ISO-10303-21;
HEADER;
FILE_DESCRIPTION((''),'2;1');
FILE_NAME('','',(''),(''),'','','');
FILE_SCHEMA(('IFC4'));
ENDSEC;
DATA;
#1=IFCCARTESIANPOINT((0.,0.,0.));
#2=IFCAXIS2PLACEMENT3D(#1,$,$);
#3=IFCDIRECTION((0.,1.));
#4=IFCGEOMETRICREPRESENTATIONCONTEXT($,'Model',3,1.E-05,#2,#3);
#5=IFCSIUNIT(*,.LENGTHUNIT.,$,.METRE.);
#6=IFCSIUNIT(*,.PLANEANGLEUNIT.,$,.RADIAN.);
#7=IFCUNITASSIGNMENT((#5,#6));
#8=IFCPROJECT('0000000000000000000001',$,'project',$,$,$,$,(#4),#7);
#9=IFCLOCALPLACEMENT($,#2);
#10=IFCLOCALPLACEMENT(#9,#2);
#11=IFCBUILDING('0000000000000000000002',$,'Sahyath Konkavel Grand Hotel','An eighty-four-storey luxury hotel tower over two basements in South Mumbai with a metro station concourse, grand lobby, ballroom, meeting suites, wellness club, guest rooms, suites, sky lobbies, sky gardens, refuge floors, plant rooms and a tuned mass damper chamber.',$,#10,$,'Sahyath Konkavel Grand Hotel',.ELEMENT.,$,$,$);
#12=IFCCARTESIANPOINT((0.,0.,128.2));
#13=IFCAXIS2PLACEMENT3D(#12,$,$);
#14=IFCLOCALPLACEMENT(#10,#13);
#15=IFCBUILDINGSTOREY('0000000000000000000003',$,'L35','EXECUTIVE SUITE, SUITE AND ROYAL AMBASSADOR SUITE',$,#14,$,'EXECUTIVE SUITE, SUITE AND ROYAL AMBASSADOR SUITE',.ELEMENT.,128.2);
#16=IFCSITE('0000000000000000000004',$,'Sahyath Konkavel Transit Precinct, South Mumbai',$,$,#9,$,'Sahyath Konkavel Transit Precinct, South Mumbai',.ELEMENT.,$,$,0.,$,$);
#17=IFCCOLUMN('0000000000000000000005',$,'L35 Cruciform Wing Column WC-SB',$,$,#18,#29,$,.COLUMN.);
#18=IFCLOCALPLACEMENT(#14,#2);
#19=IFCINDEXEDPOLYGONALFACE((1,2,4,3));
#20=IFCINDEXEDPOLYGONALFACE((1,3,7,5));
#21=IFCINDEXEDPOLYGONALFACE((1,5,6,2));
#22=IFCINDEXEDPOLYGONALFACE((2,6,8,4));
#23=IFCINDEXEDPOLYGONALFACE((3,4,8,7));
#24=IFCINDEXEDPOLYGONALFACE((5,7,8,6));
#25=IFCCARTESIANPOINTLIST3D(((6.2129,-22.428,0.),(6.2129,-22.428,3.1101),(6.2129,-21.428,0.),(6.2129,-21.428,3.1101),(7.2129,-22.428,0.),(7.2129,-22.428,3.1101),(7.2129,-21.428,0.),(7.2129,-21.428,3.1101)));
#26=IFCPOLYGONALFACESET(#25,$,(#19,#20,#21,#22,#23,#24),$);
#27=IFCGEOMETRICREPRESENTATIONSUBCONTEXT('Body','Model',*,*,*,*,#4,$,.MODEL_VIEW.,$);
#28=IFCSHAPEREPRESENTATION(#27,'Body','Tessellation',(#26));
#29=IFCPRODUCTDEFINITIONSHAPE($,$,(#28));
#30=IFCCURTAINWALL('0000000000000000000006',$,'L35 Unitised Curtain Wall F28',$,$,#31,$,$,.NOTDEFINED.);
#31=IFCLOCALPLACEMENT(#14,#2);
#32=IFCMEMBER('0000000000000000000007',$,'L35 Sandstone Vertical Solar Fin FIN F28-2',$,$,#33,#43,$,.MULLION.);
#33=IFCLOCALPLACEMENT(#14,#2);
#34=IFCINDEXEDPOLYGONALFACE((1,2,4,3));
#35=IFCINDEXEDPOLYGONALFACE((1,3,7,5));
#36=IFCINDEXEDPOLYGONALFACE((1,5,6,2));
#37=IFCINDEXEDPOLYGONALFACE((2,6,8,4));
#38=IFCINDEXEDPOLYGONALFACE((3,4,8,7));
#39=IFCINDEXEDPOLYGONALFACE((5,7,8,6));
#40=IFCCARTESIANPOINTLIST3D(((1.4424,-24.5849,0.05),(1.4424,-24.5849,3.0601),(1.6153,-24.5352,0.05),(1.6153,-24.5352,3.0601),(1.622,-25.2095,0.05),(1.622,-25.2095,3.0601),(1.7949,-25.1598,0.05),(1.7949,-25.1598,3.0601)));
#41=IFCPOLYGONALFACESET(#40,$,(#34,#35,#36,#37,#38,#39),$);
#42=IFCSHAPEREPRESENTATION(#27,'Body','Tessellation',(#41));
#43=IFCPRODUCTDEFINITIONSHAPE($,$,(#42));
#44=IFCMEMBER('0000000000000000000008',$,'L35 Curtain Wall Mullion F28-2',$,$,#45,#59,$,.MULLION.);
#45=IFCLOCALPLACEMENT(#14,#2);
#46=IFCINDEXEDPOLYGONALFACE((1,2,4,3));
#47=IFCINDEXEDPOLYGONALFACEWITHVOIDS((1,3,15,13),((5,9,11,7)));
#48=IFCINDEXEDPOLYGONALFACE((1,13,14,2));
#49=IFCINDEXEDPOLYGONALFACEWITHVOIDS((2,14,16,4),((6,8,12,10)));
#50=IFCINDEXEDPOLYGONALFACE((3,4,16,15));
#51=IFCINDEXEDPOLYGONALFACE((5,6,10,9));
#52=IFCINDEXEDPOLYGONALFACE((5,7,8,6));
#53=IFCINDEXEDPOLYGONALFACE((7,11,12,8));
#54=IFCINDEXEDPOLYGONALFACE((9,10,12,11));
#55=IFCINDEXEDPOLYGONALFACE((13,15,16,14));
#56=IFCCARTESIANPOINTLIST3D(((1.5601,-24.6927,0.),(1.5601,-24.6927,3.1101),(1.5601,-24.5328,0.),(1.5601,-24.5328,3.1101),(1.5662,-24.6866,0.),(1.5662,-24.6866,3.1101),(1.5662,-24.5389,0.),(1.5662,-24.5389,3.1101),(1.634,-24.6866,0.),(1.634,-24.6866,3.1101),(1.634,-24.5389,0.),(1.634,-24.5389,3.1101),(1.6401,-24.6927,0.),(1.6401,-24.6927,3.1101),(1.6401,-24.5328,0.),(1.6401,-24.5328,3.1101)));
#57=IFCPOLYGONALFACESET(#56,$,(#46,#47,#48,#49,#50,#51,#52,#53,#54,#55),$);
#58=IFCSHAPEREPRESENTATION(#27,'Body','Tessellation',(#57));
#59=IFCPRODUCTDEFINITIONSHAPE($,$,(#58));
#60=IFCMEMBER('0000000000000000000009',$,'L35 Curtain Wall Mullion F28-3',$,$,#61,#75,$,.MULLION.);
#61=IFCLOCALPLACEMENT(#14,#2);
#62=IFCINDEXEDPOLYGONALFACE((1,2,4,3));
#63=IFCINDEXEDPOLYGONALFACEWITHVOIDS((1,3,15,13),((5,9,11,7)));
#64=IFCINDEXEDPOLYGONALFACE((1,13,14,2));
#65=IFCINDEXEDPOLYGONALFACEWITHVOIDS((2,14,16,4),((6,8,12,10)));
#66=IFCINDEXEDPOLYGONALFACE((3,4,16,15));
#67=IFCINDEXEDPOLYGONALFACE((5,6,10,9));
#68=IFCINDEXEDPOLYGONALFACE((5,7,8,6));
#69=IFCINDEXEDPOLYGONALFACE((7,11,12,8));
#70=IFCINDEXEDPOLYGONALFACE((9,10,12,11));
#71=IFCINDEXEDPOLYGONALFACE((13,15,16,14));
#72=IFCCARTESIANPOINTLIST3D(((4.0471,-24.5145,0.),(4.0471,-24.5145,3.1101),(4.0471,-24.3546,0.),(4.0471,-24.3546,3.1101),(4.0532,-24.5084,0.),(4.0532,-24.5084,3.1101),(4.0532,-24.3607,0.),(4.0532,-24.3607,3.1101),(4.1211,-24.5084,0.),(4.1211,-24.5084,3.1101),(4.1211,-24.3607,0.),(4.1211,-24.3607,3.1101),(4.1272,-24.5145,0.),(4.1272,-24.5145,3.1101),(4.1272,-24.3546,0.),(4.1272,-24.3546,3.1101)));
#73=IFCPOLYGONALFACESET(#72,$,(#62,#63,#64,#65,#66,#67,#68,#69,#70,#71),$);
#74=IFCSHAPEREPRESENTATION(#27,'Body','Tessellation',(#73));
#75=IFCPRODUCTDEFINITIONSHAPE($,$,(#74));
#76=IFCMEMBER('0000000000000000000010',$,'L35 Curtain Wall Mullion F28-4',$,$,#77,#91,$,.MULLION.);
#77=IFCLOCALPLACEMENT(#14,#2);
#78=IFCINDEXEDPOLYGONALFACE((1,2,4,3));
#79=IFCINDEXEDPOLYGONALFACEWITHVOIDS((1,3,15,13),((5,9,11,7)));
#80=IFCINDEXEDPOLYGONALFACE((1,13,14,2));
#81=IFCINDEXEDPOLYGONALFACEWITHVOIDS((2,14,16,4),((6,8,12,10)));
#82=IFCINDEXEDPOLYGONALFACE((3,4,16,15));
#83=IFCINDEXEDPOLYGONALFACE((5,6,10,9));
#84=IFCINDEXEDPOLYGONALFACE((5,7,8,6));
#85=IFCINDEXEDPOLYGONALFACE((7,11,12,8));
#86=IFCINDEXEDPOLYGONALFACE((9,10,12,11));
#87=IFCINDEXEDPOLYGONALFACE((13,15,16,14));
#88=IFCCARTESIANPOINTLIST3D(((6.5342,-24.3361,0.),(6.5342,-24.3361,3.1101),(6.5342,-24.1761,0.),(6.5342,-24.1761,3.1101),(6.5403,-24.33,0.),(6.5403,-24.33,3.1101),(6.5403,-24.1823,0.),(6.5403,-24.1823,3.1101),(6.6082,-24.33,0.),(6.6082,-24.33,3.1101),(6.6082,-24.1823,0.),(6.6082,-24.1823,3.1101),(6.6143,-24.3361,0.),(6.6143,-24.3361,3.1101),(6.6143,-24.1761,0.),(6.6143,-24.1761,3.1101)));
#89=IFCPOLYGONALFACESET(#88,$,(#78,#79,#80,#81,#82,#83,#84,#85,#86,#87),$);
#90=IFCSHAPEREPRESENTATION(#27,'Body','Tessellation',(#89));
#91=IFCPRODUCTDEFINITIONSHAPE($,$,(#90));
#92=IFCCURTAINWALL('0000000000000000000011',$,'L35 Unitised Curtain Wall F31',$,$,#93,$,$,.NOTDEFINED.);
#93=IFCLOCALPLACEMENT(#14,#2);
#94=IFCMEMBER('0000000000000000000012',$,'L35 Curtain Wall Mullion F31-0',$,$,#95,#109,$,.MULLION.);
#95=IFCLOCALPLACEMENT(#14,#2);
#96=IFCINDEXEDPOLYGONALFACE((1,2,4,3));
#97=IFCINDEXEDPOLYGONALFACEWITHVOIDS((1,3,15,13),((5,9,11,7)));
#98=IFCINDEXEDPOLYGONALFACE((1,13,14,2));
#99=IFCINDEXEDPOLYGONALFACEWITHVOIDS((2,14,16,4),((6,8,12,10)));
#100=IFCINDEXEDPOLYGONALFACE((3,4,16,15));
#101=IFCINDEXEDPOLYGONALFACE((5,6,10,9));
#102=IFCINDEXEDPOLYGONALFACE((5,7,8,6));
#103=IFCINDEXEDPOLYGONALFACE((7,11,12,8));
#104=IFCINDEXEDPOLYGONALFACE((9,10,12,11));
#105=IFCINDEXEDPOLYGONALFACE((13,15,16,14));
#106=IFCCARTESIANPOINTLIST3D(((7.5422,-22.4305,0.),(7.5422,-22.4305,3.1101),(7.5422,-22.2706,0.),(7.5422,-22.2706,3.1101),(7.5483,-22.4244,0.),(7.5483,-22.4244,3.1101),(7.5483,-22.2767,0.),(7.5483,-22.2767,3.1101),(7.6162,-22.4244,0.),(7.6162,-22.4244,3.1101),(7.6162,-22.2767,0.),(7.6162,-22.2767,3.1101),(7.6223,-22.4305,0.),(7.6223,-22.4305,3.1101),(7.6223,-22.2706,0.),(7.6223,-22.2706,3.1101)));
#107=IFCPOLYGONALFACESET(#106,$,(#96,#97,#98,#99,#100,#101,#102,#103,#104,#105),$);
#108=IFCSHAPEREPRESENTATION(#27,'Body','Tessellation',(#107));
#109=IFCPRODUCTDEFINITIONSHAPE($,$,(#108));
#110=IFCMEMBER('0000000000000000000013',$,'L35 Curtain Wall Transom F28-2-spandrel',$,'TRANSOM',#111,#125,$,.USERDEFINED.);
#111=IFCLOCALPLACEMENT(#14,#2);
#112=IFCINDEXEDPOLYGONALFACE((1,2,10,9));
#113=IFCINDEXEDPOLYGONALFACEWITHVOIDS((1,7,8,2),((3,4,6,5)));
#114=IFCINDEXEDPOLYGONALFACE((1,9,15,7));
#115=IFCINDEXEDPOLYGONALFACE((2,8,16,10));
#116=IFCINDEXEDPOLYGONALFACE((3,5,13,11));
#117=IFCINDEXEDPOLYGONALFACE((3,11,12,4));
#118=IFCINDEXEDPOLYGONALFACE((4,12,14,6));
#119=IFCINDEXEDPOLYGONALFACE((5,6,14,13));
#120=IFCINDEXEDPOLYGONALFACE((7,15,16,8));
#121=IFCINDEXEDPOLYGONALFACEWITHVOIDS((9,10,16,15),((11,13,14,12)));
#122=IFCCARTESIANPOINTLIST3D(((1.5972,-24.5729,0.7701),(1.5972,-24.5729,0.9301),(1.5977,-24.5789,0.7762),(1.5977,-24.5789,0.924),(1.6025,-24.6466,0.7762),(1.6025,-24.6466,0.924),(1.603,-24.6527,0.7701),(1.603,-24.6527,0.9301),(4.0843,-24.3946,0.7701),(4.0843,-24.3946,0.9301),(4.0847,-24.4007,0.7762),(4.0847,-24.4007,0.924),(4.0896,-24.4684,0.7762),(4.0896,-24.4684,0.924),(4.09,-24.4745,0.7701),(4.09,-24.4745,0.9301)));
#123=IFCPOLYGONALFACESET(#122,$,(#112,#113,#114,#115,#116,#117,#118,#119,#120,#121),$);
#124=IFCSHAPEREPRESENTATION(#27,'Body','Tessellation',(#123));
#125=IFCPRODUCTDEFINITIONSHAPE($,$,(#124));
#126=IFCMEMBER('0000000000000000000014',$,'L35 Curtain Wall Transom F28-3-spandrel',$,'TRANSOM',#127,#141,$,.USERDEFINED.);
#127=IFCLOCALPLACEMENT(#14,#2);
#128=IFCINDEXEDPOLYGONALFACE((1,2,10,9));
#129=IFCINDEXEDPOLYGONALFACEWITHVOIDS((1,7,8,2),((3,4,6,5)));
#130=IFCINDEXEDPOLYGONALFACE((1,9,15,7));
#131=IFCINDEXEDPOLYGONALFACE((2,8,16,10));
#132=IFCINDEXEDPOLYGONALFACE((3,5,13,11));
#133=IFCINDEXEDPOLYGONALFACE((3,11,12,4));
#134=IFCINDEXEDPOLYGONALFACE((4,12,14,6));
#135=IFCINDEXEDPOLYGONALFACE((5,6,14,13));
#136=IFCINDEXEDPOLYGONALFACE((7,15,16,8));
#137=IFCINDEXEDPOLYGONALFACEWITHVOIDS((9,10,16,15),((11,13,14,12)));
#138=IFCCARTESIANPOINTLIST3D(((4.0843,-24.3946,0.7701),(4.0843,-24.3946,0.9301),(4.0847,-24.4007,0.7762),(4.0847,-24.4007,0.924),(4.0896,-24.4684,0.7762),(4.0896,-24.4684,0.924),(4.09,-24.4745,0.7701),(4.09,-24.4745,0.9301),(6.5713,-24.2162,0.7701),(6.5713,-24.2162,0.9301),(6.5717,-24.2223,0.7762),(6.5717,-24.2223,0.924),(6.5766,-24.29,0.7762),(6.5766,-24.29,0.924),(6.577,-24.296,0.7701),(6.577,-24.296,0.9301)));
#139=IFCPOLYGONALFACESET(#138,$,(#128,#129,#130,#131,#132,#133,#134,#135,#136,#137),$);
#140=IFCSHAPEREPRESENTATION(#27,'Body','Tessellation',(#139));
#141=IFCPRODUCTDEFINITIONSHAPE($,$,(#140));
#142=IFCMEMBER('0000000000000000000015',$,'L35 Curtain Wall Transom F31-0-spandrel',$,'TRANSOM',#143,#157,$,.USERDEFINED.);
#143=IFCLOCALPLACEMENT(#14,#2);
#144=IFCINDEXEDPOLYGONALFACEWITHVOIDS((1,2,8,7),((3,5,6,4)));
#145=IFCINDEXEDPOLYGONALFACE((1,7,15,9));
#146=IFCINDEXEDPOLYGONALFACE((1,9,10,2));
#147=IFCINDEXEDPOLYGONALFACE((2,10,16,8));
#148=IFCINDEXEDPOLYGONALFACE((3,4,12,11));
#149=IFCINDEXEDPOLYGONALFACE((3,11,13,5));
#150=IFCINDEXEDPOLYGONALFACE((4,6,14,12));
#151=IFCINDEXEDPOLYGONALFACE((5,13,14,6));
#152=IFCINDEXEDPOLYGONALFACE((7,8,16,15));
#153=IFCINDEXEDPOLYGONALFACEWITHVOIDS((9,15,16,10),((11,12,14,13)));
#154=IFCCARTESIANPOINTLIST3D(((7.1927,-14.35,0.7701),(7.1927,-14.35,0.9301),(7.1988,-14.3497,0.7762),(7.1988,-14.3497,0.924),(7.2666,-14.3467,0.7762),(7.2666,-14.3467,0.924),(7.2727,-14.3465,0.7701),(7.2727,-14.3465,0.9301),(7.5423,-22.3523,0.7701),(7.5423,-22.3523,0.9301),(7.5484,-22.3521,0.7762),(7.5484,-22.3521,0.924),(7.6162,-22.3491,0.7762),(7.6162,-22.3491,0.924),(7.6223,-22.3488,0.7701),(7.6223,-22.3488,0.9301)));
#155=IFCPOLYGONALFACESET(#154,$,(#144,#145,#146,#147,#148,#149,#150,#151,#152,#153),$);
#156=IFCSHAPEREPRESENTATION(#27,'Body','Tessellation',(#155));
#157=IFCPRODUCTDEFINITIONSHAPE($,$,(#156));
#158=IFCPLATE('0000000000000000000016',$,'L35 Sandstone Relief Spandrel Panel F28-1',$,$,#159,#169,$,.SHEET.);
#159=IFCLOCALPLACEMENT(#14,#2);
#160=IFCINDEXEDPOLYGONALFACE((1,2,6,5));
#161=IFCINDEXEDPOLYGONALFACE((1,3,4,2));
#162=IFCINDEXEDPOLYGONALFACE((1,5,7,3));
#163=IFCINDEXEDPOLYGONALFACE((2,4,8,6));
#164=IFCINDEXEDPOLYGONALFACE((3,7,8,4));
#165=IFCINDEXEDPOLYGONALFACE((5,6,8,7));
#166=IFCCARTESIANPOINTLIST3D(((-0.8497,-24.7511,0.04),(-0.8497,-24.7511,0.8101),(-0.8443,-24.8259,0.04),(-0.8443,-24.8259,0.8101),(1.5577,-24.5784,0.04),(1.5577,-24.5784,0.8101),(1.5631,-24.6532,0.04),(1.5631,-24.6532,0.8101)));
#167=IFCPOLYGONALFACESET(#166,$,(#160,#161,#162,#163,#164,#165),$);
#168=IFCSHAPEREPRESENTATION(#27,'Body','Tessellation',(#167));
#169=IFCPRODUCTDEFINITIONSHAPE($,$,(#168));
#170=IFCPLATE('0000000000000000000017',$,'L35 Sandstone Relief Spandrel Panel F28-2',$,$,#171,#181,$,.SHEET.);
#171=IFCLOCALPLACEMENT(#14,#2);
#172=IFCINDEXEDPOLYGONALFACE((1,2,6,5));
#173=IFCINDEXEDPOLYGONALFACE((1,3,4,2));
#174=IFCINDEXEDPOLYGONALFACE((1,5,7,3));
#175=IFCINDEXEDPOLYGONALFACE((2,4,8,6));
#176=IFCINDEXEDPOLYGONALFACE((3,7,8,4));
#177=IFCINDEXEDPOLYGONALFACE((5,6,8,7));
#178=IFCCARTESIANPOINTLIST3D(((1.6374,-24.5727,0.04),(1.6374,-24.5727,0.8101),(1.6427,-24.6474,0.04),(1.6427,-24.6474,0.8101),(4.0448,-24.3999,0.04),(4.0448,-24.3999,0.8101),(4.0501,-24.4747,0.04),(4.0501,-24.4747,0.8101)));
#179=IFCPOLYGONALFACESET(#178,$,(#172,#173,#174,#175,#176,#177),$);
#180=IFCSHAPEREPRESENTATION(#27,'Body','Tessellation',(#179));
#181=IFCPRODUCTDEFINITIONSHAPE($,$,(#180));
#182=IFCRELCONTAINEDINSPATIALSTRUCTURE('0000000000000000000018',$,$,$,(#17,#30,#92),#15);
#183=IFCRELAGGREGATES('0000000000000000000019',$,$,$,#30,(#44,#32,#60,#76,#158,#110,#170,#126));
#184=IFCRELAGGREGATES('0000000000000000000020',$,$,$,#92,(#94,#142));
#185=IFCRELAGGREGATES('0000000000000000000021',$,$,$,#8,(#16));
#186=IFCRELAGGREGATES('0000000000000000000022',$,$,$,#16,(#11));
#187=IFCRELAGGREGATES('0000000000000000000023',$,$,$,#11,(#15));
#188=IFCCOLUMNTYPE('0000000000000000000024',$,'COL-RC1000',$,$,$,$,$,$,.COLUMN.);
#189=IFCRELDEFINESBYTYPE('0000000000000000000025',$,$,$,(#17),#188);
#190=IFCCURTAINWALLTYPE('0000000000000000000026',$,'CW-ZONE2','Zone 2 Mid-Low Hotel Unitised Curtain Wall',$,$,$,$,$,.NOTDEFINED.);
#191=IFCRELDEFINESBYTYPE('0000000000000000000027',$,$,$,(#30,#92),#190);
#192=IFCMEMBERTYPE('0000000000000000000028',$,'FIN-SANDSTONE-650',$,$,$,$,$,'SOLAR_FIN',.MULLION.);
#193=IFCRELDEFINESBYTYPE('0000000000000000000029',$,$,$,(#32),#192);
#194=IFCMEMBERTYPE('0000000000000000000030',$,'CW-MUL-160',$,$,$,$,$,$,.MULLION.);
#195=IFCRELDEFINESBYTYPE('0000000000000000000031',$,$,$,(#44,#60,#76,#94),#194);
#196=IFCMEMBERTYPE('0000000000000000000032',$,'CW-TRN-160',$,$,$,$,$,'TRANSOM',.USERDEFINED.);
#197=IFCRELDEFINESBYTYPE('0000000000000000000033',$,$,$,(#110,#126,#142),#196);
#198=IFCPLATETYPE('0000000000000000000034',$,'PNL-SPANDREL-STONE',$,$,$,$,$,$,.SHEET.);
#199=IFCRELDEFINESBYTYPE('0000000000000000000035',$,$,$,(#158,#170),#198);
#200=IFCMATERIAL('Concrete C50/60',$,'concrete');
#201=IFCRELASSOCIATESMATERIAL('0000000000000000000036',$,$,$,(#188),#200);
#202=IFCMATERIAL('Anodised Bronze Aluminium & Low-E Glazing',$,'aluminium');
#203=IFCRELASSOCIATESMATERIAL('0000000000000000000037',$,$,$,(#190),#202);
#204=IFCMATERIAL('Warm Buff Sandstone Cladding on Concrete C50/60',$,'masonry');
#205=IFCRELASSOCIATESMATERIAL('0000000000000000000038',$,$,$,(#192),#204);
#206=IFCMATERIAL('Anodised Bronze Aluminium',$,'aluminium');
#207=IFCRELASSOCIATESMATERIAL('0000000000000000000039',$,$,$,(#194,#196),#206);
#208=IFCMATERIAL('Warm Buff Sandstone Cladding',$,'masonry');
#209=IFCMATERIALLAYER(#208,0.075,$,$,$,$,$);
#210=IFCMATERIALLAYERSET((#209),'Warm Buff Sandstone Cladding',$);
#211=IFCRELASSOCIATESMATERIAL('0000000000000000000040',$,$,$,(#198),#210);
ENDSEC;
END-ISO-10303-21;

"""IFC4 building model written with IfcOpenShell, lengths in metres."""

from ifc_helpers import new_model, si_unit, direction, frame, origin, origin_2d, place, context, subcontext, project, spatial, rectangle, hollow_rectangle, extrude, source, transform, mapped, material, layer, layer_set, material_profile, profile_set, type_object, element, aggregate, save


model = new_model("IFC4")

# Units and contexts
model_context = context("Model", 3, precision=1e-05, world=origin(), true_north=direction((0.0, 1.0)))
body_context = subcontext(model_context, "Body", "Model", "MODEL_VIEW")
ifc_project = project(units=[si_unit("LENGTHUNIT", "METRE"), si_unit("PLANEANGLEUNIT", "RADIAN")], contexts=[model_context])

# Site, building, storey
site_placement = place(None, origin())
site = spatial("IfcSite", under=ifc_project, at=site_placement, Name="Sahyath Konkavel Transit Precinct, South Mumbai", LongName="Sahyath Konkavel Transit Precinct, South Mumbai", CompositionType="ELEMENT", RefElevation=0.0)
building_placement = place(site_placement, origin())
building = spatial("IfcBuilding", under=site, at=building_placement, Name="Sahyath Konkavel Grand Hotel", Description="An eighty-four-storey luxury hotel tower over two basements in South Mumbai with a metro station concourse, grand lobby, ballroom, meeting suites, wellness club, guest rooms, suites, sky lobbies, sky gardens, refuge floors, plant rooms and a tuned mass damper chamber.", LongName="Sahyath Konkavel Grand Hotel", CompositionType="ELEMENT")
storey_placement = place(building_placement, frame((0.0, 0.0, 128.2)))
storey = spatial("IfcBuildingStorey", under=building, at=storey_placement, Name="L35", Description="EXECUTIVE SUITE, SUITE AND ROYAL AMBASSADOR SUITE", LongName="EXECUTIVE SUITE, SUITE AND ROYAL AMBASSADOR SUITE", CompositionType="ELEMENT", Elevation=128.2)

# Column
ifc_material_1 = material(Name="Concrete C50/60", Category="concrete")
ifc_material_profile_1 = material_profile(ifc_material_1, rectangle(XDim=1.0, YDim=1.0, at=origin_2d()), Name="RC 1000x1000")
ifc_profile_set_1 = profile_set([ifc_material_profile_1], Name="Concrete C50/60")
column_type = type_object("IfcColumnType", Name="COL-RC1000", PredefinedType="COLUMN", material=ifc_profile_set_1)
shared_shape_1 = source(origin(), body_context, "Body", "SweptSolid", [
    extrude(rectangle(XDim=1.0, YDim=1.0, at=origin_2d()), origin(), (0.0, 0.0, 1.0), 3.1101),
])
column_placement = place(storey_placement, frame((6.7129, -21.928, 0.0), z_axis=(0.0, 0.0, 1.0), x_axis=(1.0, 0.0, 0.0)))
element("IfcColumn", 1, at=column_placement, inside=storey, type_object=column_type, Name="L35 Cruciform Wing Column WC-SB", PredefinedType="COLUMN", context=body_context, shape_type="MappedRepresentation", body=[
    mapped(shared_shape_1, transform((0.0, 0.0, 0.0), scale=1.0)),
])

# Curtain wall, members
ifc_material_2 = material(Name="Anodised Bronze Aluminium & Low-E Glazing", Category="aluminium")
curtain_wall_type = type_object("IfcCurtainWallType", Name="CW-ZONE2", Description="Zone 2 Mid-Low Hotel Unitised Curtain Wall", PredefinedType="NOTDEFINED", material=ifc_material_2)
curtain_wall_1_placement = place(storey_placement, origin())
curtain_wall_1 = element("IfcCurtainWall", 2, at=curtain_wall_1_placement, inside=storey, type_object=curtain_wall_type, Name="L35 Unitised Curtain Wall F28", PredefinedType="NOTDEFINED")
ifc_material_3 = material(Name="Warm Buff Sandstone Cladding on Concrete C50/60", Category="masonry")
ifc_material_profile_2 = material_profile(ifc_material_3, rectangle(XDim=0.1799, YDim=0.6499, at=origin_2d()), Name="FIN 180x650")
ifc_profile_set_2 = profile_set([ifc_material_profile_2], Name="Warm Buff Sandstone Cladding on Concrete C50/60")
member_type_1 = type_object("IfcMemberType", Name="FIN-SANDSTONE-650", ElementType="SOLAR_FIN", PredefinedType="MULLION", material=ifc_profile_set_2)
shared_shape_2 = source(origin(), body_context, "Body", "SweptSolid", [
    extrude(rectangle(XDim=0.1799, YDim=0.6499, at=origin_2d()), origin(), (0.0, 0.0, 1.0), 3.01),
])
member_1_placement = place(storey_placement, frame((1.6187, -24.8723, 0.05), z_axis=(0.0, 0.0, 1.0), x_axis=(0.961069, 0.276308, 0.0)))
member_1 = element("IfcMember", 3, at=member_1_placement, type_object=member_type_1, Name="L35 Sandstone Vertical Solar Fin FIN F28-2", PredefinedType="MULLION", context=body_context, shape_type="MappedRepresentation", body=[
    mapped(shared_shape_2, transform((0.0, 0.0, 0.0), scale=1.0)),
])
ifc_material_4 = material(Name="Anodised Bronze Aluminium", Category="aluminium")
ifc_material_profile_3 = material_profile(ifc_material_4, hollow_rectangle(XDim=0.0801, YDim=0.1599, WallThickness=0.0061, at=origin_2d()), Name="RHS 160x80x6")
ifc_profile_set_3 = profile_set([ifc_material_profile_3], Name="Anodised Bronze Aluminium")
member_type_2 = type_object("IfcMemberType", Name="CW-MUL-160", PredefinedType="MULLION", material=ifc_profile_set_3)
shared_shape_3 = source(origin(), body_context, "Body", "SweptSolid", [
    extrude(hollow_rectangle(XDim=0.0801, YDim=0.1599, WallThickness=0.0061, at=origin_2d()), origin(), (0.0, 0.0, 1.0), 3.1101),
])
member_2_placement = place(storey_placement, frame((1.6001, -24.6128, 0.0), z_axis=(0.0, 0.0, 1.0), x_axis=(1.0, 0.0, 0.0)))
member_2 = element("IfcMember", 4, at=member_2_placement, type_object=member_type_2, Name="L35 Curtain Wall Mullion F28-2", PredefinedType="MULLION", context=body_context, shape_type="MappedRepresentation", body=[
    mapped(shared_shape_3, transform((0.0, 0.0, 0.0), scale=1.0)),
])
member_3_placement = place(storey_placement, frame((4.0872, -24.4346, 0.0), z_axis=(0.0, 0.0, 1.0), x_axis=(1.0, 0.0, 0.0)))
member_3 = element("IfcMember", 5, at=member_3_placement, type_object=member_type_2, Name="L35 Curtain Wall Mullion F28-3", PredefinedType="MULLION", context=body_context, shape_type="MappedRepresentation", body=[
    mapped(shared_shape_3, transform((0.0, 0.0, 0.0), scale=1.0)),
])
member_4_placement = place(storey_placement, frame((6.5742, -24.2561, 0.0), z_axis=(0.0, 0.0, 1.0), x_axis=(1.0, 0.0, 0.0)))
member_4 = element("IfcMember", 6, at=member_4_placement, type_object=member_type_2, Name="L35 Curtain Wall Mullion F28-4", PredefinedType="MULLION", context=body_context, shape_type="MappedRepresentation", body=[
    mapped(shared_shape_3, transform((0.0, 0.0, 0.0), scale=1.0)),
])

# Curtain wall, member
curtain_wall_2_placement = place(storey_placement, origin())
curtain_wall_2 = element("IfcCurtainWall", 7, at=curtain_wall_2_placement, inside=storey, type_object=curtain_wall_type, Name="L35 Unitised Curtain Wall F31", PredefinedType="NOTDEFINED")
member_5_placement = place(storey_placement, frame((7.5823, -22.3506, 0.0), z_axis=(0.0, 0.0, 1.0), x_axis=(1.0, 0.0, 0.0)))
member_5 = element("IfcMember", 8, at=member_5_placement, type_object=member_type_2, Name="L35 Curtain Wall Mullion F31-0", PredefinedType="MULLION", context=body_context, shape_type="MappedRepresentation", body=[
    mapped(shared_shape_3, transform((0.0, 0.0, 0.0), scale=1.0)),
])

# Members
ifc_material_profile_4 = material_profile(ifc_material_4, hollow_rectangle(XDim=0.0801, YDim=0.1599, WallThickness=0.0061, at=origin_2d()), Name="RHS 160x80x6")
ifc_profile_set_4 = profile_set([ifc_material_profile_4], Name="Anodised Bronze Aluminium")
member_type_3 = type_object("IfcMemberType", Name="CW-TRN-160", ElementType="TRANSOM", PredefinedType="USERDEFINED", material=ifc_profile_set_4)
shared_shape_4 = source(origin(), body_context, "Body", "SweptSolid", [
    extrude(hollow_rectangle(XDim=0.0801, YDim=0.1599, WallThickness=0.0061, at=origin_2d()), origin(), (0.0, 0.0, 1.0), 2.4934),
])
member_6_placement = place(storey_placement, frame((1.6001, -24.6128, 0.8501), z_axis=(0.997442, 0.071477, 0.0), x_axis=(-0.071477, 0.997442, 0.0)))
member_6 = element("IfcMember", 9, at=member_6_placement, type_object=member_type_3, Name="L35 Curtain Wall Transom F28-2-spandrel", ObjectType="TRANSOM", PredefinedType="USERDEFINED", context=body_context, shape_type="MappedRepresentation", body=[
    mapped(shared_shape_4, transform((0.0, 0.0, 0.0), scale=1.0)),
])
member_7_placement = place(storey_placement, frame((4.0872, -24.4346, 0.8501), z_axis=(0.997435, 0.071574, 0.0), x_axis=(-0.071574, 0.997435, 0.0)))
member_7 = element("IfcMember", 10, at=member_7_placement, type_object=member_type_3, Name="L35 Curtain Wall Transom F28-3-spandrel", ObjectType="TRANSOM", PredefinedType="USERDEFINED", context=body_context, shape_type="MappedRepresentation", body=[
    mapped(shared_shape_4, transform((0.0, 0.0, 0.0), scale=1.0)),
])
shared_shape_5 = source(origin(), body_context, "Body", "SweptSolid", [
    extrude(hollow_rectangle(XDim=0.0801, YDim=0.1599, WallThickness=0.0061, at=origin_2d()), origin(), (0.0, 0.0, 1.0), 8.01),
])
member_8_placement = place(storey_placement, frame((7.5823, -22.3506, 0.8501), z_axis=(-0.043646, 0.999047, 0.0), x_axis=(-0.999047, -0.043646, 0.0)))
member_8 = element("IfcMember", 11, at=member_8_placement, type_object=member_type_3, Name="L35 Curtain Wall Transom F31-0-spandrel", ObjectType="TRANSOM", PredefinedType="USERDEFINED", context=body_context, shape_type="MappedRepresentation", body=[
    mapped(shared_shape_5, transform((0.0, 0.0, 0.0), scale=1.0)),
])

# Plates
ifc_material_5 = material(Name="Warm Buff Sandstone Cladding", Category="masonry")
ifc_layer_1 = layer(ifc_material_5, 0.075)
ifc_layer_set_1 = layer_set([ifc_layer_1], Name="Warm Buff Sandstone Cladding")
plate_type_1 = type_object("IfcPlateType", Name="PNL-SPANDREL-STONE", PredefinedType="SHEET", material=ifc_layer_set_1)
shared_shape_6 = source(origin(), body_context, "Body", "SweptSolid", [
    extrude(rectangle(XDim=2.4136, YDim=0.075, at=origin_2d()), origin(), (0.0, 0.0, 1.0), 0.77),
])
plate_1_placement = place(storey_placement, frame((0.3567, -24.7021, 0.04), z_axis=(0.0, 0.0, 1.0), x_axis=(0.997436, 0.071567, 0.0)))
plate_1 = element("IfcPlate", 12, at=plate_1_placement, type_object=plate_type_1, Name="L35 Sandstone Relief Spandrel Panel F28-1", PredefinedType="SHEET", context=body_context, shape_type="MappedRepresentation", body=[
    mapped(shared_shape_6, transform((0.0, 0.0, 0.0), scale=1.0)),
])
plate_2_placement = place(storey_placement, frame((2.8438, -24.5237, 0.04), z_axis=(0.0, 0.0, 1.0), x_axis=(0.997436, 0.071567, 0.0)))
plate_2 = element("IfcPlate", 13, at=plate_2_placement, type_object=plate_type_1, Name="L35 Sandstone Relief Spandrel Panel F28-2", PredefinedType="SHEET", context=body_context, shape_type="MappedRepresentation", body=[
    mapped(shared_shape_6, transform((0.0, 0.0, 0.0), scale=1.0)),
])
aggregate(curtain_wall_1, [member_2, member_1, member_3, member_4, plate_1, member_6, plate_2, member_7])
aggregate(curtain_wall_2, [member_5, member_8])

save(model, "model.ifc")
